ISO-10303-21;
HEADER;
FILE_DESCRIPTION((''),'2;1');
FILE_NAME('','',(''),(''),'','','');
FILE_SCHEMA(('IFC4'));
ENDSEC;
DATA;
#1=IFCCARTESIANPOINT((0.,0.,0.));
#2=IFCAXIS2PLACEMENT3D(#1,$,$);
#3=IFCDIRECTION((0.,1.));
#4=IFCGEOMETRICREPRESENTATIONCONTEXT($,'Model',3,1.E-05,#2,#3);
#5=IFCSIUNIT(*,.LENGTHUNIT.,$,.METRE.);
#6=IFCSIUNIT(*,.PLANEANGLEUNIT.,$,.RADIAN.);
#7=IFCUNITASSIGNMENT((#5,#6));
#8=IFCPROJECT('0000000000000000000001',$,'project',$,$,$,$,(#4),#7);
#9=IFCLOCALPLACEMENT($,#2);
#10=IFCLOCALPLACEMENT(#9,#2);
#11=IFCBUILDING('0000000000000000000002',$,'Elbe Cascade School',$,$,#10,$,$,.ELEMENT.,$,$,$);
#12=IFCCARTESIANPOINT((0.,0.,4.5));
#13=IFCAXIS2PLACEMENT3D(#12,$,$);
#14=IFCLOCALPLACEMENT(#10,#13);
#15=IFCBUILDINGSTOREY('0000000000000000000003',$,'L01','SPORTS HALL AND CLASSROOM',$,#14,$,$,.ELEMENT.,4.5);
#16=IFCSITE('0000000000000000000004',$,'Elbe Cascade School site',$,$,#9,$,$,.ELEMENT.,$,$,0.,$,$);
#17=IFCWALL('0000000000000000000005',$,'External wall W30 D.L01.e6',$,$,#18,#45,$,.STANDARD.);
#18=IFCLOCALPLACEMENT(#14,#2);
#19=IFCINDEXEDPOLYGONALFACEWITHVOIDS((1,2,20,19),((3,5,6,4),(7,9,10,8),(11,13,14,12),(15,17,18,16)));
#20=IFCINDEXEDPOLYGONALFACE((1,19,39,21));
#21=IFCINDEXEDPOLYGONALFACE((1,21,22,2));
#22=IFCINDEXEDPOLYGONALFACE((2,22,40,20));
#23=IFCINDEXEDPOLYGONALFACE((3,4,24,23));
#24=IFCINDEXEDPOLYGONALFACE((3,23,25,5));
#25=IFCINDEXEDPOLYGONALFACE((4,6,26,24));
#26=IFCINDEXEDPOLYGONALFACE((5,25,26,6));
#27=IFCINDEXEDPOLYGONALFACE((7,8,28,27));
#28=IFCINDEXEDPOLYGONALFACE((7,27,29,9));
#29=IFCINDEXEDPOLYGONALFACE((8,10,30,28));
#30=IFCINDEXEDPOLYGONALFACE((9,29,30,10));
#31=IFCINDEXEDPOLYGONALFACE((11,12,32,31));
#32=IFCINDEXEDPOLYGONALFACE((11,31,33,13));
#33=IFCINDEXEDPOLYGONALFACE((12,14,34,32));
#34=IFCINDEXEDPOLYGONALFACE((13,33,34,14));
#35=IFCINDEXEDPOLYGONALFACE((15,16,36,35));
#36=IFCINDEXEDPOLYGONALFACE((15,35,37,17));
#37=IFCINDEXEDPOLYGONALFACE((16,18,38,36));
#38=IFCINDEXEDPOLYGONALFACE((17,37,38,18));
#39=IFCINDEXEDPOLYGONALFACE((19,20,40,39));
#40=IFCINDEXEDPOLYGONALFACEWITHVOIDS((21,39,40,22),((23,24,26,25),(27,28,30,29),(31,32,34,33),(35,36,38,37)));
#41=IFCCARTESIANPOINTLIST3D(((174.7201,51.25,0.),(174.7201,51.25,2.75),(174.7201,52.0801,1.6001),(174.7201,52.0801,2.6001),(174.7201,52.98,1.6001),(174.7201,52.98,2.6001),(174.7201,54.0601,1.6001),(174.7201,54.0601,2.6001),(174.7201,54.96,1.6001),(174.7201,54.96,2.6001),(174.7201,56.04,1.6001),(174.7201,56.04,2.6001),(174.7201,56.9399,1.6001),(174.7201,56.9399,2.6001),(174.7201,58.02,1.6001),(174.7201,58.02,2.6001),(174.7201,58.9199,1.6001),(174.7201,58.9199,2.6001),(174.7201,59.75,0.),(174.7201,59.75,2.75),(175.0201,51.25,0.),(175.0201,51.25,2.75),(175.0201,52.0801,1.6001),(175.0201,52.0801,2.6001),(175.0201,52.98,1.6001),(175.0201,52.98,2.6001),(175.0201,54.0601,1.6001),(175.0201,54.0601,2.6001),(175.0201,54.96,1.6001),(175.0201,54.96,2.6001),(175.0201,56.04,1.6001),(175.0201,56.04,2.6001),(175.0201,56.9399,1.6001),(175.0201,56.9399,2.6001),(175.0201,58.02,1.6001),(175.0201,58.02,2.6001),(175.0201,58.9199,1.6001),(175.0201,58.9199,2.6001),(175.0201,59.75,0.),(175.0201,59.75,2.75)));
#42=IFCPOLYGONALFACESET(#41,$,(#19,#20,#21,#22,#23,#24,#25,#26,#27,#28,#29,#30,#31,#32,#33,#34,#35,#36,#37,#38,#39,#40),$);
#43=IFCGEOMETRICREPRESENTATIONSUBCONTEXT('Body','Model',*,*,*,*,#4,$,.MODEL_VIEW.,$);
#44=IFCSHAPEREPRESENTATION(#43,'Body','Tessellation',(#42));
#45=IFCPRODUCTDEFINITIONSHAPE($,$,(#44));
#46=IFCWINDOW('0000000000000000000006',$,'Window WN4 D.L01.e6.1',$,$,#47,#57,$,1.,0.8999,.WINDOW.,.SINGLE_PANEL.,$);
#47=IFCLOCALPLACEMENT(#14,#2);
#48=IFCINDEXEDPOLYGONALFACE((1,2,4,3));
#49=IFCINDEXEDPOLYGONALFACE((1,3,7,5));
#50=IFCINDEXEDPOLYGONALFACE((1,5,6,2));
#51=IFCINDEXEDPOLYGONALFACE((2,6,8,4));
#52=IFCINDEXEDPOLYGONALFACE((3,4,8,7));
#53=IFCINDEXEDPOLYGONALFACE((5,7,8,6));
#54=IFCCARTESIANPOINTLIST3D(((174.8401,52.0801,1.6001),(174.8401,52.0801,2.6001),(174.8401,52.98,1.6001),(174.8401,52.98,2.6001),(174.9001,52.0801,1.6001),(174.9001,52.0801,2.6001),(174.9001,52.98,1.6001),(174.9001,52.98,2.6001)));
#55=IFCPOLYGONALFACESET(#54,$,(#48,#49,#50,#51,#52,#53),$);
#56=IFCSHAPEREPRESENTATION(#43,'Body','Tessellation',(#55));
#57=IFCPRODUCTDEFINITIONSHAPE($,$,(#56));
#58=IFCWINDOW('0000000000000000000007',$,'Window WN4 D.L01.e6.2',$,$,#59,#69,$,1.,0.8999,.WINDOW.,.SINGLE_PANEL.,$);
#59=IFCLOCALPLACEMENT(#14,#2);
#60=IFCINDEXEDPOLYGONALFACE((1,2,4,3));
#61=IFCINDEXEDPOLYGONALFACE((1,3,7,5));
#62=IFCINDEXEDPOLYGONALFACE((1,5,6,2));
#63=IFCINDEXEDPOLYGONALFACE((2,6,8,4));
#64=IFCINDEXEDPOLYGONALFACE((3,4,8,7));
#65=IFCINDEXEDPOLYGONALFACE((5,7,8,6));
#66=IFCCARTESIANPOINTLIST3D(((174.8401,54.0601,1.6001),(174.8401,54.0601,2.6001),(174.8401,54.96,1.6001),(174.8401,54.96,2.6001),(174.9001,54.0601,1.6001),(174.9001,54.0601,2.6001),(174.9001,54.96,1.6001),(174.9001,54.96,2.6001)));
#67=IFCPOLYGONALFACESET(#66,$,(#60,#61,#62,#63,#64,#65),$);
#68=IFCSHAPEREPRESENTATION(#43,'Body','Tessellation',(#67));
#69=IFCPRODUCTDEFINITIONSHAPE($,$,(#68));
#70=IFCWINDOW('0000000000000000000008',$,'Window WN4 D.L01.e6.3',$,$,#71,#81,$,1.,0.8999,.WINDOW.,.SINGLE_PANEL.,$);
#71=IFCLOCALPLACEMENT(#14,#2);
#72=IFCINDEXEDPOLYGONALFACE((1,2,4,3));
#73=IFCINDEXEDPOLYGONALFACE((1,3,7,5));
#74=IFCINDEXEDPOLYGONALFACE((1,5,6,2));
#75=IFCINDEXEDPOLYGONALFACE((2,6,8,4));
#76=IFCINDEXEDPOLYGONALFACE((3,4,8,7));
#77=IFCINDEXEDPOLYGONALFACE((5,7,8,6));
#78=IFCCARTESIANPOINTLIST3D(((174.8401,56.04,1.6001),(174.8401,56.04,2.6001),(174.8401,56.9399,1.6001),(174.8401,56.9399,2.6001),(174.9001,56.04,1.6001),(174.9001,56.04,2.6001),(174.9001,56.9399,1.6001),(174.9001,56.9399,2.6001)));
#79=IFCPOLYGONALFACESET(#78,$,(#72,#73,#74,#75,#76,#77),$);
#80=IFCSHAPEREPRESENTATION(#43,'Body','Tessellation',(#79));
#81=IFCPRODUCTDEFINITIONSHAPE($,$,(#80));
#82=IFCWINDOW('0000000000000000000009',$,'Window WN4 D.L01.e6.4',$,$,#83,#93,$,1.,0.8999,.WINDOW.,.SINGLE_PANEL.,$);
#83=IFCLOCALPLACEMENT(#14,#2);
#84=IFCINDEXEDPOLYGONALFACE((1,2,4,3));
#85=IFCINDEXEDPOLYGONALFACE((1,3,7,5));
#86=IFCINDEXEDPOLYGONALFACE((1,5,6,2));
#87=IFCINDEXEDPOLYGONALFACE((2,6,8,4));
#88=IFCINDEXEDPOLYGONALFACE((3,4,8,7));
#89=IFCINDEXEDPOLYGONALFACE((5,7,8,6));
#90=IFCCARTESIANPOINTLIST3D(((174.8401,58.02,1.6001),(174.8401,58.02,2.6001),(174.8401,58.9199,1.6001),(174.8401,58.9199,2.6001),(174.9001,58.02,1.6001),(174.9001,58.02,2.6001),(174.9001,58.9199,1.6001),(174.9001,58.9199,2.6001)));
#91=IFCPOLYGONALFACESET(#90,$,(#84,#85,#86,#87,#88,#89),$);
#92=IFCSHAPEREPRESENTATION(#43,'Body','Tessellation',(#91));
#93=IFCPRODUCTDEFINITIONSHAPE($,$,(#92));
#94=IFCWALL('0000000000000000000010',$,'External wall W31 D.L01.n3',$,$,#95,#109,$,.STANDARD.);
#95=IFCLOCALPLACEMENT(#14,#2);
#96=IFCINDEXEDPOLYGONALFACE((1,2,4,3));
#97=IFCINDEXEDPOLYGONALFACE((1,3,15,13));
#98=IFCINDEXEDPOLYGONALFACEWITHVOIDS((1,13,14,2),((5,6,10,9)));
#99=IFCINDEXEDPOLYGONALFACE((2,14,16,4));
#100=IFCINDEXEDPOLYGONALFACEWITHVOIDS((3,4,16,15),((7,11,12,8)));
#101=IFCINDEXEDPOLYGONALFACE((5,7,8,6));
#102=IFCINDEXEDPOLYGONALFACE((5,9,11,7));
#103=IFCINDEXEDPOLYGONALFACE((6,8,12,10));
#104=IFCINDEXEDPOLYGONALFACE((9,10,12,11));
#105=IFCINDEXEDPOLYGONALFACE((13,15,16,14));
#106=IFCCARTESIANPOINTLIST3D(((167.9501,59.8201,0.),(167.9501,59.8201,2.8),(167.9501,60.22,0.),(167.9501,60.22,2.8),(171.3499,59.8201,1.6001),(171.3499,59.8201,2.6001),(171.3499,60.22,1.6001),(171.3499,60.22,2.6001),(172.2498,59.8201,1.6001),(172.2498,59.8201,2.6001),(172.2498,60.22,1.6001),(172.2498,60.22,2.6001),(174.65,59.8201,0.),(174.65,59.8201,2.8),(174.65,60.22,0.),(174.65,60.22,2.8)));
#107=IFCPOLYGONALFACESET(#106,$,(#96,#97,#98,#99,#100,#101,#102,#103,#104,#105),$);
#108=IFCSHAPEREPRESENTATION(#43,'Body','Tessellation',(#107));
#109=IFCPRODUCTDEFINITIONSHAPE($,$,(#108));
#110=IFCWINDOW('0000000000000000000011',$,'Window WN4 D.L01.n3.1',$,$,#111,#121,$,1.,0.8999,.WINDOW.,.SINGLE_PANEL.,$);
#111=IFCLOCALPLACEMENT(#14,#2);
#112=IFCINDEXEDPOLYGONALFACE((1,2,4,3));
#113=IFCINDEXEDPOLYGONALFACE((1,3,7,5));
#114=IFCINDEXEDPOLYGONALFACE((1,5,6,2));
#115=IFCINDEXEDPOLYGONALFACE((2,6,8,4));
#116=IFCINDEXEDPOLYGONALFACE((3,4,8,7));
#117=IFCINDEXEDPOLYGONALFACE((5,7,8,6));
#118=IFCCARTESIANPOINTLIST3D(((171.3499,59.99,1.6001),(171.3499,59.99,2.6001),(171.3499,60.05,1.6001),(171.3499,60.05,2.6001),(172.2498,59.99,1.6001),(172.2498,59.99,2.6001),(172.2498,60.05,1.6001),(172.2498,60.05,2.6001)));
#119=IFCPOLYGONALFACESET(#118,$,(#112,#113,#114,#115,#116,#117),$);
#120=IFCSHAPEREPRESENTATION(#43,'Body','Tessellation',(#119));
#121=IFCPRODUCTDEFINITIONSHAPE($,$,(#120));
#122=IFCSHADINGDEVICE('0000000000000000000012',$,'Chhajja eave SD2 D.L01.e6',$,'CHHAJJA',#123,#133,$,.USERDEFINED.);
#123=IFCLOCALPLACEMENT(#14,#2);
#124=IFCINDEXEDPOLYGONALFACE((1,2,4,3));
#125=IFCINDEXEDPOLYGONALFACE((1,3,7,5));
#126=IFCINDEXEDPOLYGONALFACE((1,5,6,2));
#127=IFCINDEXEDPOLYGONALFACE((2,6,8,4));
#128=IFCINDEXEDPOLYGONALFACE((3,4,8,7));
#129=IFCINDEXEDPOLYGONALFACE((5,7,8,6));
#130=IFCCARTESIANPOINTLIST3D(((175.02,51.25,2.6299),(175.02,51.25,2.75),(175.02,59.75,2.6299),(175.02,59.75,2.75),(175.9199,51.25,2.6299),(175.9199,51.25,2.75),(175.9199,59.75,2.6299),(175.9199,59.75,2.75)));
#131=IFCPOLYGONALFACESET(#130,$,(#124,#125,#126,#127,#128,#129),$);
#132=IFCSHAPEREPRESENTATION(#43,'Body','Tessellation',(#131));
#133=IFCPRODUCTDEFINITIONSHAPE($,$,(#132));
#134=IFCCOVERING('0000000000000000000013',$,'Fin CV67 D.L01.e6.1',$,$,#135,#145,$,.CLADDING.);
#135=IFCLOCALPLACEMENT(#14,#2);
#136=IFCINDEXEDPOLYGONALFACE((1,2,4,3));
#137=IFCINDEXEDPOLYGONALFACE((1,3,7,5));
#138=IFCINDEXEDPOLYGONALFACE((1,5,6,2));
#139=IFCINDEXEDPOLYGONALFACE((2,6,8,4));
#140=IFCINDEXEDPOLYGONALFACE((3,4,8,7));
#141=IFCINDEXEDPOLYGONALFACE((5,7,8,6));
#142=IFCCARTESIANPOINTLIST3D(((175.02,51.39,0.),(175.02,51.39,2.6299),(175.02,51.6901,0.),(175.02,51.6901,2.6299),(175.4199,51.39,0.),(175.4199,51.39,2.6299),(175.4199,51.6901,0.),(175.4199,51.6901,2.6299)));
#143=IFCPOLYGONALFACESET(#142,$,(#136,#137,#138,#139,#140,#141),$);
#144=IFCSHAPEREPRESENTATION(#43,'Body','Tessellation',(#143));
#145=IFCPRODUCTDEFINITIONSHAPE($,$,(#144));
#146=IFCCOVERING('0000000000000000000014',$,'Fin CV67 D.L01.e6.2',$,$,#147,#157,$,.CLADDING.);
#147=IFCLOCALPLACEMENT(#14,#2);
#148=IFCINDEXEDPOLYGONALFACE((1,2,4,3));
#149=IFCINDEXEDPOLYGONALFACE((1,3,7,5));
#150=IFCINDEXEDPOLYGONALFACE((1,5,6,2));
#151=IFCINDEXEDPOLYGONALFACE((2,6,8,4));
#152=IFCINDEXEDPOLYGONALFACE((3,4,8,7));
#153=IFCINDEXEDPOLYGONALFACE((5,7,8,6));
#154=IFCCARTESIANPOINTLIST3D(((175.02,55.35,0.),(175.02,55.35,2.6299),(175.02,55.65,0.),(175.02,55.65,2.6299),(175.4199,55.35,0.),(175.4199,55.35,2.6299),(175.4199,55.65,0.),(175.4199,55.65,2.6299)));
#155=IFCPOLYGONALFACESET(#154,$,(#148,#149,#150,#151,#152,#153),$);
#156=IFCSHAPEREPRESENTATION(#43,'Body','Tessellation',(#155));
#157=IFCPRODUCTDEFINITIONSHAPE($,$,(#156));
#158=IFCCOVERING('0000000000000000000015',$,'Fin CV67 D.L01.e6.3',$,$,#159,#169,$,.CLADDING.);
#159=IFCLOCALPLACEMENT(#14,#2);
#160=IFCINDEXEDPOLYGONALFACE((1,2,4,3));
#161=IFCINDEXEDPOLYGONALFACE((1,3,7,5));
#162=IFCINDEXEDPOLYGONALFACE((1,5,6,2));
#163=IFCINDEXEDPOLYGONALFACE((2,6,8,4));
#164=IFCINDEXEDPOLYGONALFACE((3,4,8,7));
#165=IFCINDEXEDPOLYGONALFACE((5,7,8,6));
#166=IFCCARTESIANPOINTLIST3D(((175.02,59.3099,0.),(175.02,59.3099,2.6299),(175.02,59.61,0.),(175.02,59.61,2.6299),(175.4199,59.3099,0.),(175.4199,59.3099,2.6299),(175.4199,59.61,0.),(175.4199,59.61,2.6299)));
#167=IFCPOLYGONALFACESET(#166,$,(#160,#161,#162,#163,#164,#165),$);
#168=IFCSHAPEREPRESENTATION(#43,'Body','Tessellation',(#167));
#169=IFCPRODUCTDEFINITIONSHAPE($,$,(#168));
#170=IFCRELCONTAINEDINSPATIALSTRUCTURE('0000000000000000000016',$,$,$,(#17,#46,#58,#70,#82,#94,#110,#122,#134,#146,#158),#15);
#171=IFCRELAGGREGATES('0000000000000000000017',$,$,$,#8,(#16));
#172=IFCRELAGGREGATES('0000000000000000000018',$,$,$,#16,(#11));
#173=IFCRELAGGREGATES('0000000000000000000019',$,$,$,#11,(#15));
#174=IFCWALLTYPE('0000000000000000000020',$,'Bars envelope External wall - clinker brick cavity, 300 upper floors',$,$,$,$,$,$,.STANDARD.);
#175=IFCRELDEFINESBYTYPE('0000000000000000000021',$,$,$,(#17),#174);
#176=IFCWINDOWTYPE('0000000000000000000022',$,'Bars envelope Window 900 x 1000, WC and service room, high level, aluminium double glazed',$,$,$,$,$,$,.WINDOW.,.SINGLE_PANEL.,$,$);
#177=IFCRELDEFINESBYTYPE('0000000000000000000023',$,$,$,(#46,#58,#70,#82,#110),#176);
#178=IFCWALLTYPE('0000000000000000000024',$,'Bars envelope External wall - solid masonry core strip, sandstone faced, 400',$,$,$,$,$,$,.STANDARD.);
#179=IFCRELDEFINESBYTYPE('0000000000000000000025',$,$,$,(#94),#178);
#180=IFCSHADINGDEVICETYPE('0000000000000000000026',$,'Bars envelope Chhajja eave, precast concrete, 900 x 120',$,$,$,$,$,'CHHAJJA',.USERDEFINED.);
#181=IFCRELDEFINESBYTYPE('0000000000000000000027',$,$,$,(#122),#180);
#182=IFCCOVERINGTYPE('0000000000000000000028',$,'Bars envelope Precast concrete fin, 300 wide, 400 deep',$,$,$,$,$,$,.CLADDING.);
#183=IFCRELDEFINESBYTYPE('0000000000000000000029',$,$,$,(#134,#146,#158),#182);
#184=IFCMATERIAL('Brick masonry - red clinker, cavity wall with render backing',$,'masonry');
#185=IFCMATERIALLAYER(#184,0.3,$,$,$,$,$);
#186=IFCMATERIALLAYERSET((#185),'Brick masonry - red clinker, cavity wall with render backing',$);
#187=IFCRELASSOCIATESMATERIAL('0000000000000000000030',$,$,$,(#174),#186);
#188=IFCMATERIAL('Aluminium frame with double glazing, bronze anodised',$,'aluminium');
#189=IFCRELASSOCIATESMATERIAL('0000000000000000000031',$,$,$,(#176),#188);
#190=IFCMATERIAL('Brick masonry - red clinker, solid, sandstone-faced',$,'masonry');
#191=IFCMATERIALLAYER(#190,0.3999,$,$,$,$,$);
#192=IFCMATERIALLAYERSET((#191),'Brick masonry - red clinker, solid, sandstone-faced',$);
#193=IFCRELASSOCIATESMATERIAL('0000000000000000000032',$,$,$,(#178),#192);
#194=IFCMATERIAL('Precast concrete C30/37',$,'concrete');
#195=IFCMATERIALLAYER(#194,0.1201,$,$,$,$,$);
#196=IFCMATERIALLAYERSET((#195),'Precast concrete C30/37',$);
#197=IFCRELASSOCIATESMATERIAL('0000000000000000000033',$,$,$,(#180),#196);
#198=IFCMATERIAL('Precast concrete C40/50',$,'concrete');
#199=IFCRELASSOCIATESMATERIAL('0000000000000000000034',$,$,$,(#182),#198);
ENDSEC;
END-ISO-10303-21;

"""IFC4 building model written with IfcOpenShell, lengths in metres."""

from ifc_helpers import new_model, si_unit, direction, frame, frame_2d, origin, origin_2d, place, context, subcontext, project, spatial, rectangle, extrude, material, layer, layer_set, type_object, element, fill, save


model = new_model("IFC4")

# Units and contexts
model_context = context("Model", 3, precision=1e-05, world=origin(), true_north=direction((0.0, 1.0)))
body_context = subcontext(model_context, "Body", "Model", "MODEL_VIEW")
ifc_project = project(units=[si_unit("LENGTHUNIT", "METRE"), si_unit("PLANEANGLEUNIT", "RADIAN")], contexts=[model_context])

# Site, building, storey
site_placement = place(None, origin())
site = spatial("IfcSite", under=ifc_project, at=site_placement, Name="Elbe Cascade School site", CompositionType="ELEMENT", RefElevation=0.0)
building_placement = place(site_placement, origin())
building = spatial("IfcBuilding", under=site, at=building_placement, Name="Elbe Cascade School", CompositionType="ELEMENT")
storey_placement = place(building_placement, frame((0.0, 0.0, 4.5)))
storey = spatial("IfcBuildingStorey", under=building, at=storey_placement, Name="L01", Description="SPORTS HALL AND CLASSROOM", CompositionType="ELEMENT", Elevation=4.5)

# Wall, openings, windows
ifc_material_1 = material(Name="Brick masonry - red clinker, cavity wall with render backing", Category="masonry")
ifc_layer_1 = layer(ifc_material_1, 0.3)
ifc_layer_set_1 = layer_set([ifc_layer_1], Name="Brick masonry - red clinker, cavity wall with render backing")
wall_type_1 = type_object("IfcWallType", Name="Bars envelope External wall - clinker brick cavity, 300 upper floors", PredefinedType="STANDARD", material=ifc_layer_set_1)
wall_1_placement = place(storey_placement, frame((174.8701, 59.75, 0.0), z_axis=(0.0, 0.0, 1.0), x_axis=(0.0, -1.0, 0.0)))
wall_1 = element("IfcWall", 1, at=wall_1_placement, inside=storey, type_object=wall_type_1, Name="External wall W30 D.L01.e6", PredefinedType="STANDARD", context=body_context, shape_type="SweptSolid", body=[
    extrude(rectangle(XDim=8.5, YDim=0.3, at=frame_2d((4.25, 0.0))), origin(), (0.0, 0.0, 1.0), 2.75),
])
opening_1_placement = place(wall_1_placement, frame((6.77, 0.0, 1.6001)))
opening_1 = element("IfcOpeningElement", 2, at=opening_1_placement, cuts=wall_1, PredefinedType="OPENING", context=body_context, shape_type="SweptSolid", body=[
    extrude(rectangle(XDim=0.8999, YDim=1.0, at=frame_2d((0.45, 0.5))), frame((0.0, 0.1599, 0.0), z_axis=(0.0, -1.0, 0.0), x_axis=(1.0, 0.0, 0.0)), (0.0, 0.0, 1.0), 0.3201),
])
opening_2_placement = place(wall_1_placement, frame((4.79, 0.0, 1.6001)))
opening_2 = element("IfcOpeningElement", 3, at=opening_2_placement, cuts=wall_1, PredefinedType="OPENING", context=body_context, shape_type="SweptSolid", body=[
    extrude(rectangle(XDim=0.8999, YDim=1.0, at=frame_2d((0.45, 0.5))), frame((0.0, 0.1599, 0.0), z_axis=(0.0, -1.0, 0.0), x_axis=(1.0, 0.0, 0.0)), (0.0, 0.0, 1.0), 0.3201),
])
opening_3_placement = place(wall_1_placement, frame((2.8101, 0.0, 1.6001)))
opening_3 = element("IfcOpeningElement", 4, at=opening_3_placement, cuts=wall_1, PredefinedType="OPENING", context=body_context, shape_type="SweptSolid", body=[
    extrude(rectangle(XDim=0.8999, YDim=1.0, at=frame_2d((0.45, 0.5))), frame((0.0, 0.1599, 0.0), z_axis=(0.0, -1.0, 0.0), x_axis=(1.0, 0.0, 0.0)), (0.0, 0.0, 1.0), 0.3201),
])
opening_4_placement = place(wall_1_placement, frame((0.8301, 0.0, 1.6001)))
opening_4 = element("IfcOpeningElement", 5, at=opening_4_placement, cuts=wall_1, PredefinedType="OPENING", context=body_context, shape_type="SweptSolid", body=[
    extrude(rectangle(XDim=0.8999, YDim=1.0, at=frame_2d((0.45, 0.5))), frame((0.0, 0.1599, 0.0), z_axis=(0.0, -1.0, 0.0), x_axis=(1.0, 0.0, 0.0)), (0.0, 0.0, 1.0), 0.3201),
])
ifc_material_2 = material(Name="Aluminium frame with double glazing, bronze anodised", Category="aluminium")
window_type = type_object("IfcWindowType", Name="Bars envelope Window 900 x 1000, WC and service room, high level, aluminium double glazed", PartitioningType="SINGLE_PANEL", PredefinedType="WINDOW", material=ifc_material_2)
window_1_placement = place(opening_1_placement, origin())
window_1 = element("IfcWindow", 6, at=window_1_placement, inside=storey, type_object=window_type, Name="Window WN4 D.L01.e6.1", OverallHeight=1.0, OverallWidth=0.8999, PartitioningType="SINGLE_PANEL", PredefinedType="WINDOW", context=body_context, shape_type="SweptSolid", body=[
    extrude(rectangle(XDim=0.8999, YDim=1.0, at=frame_2d((0.45, 0.5))), frame((0.0, 0.03, 0.0), z_axis=(0.0, -1.0, 0.0), x_axis=(1.0, 0.0, 0.0)), (0.0, 0.0, 1.0), 0.0601),
])
fill(opening_1, window_1)
window_2_placement = place(opening_2_placement, origin())
window_2 = element("IfcWindow", 7, at=window_2_placement, inside=storey, type_object=window_type, Name="Window WN4 D.L01.e6.2", OverallHeight=1.0, OverallWidth=0.8999, PartitioningType="SINGLE_PANEL", PredefinedType="WINDOW", context=body_context, shape_type="SweptSolid", body=[
    extrude(rectangle(XDim=0.8999, YDim=1.0, at=frame_2d((0.45, 0.5))), frame((0.0, 0.03, 0.0), z_axis=(0.0, -1.0, 0.0), x_axis=(1.0, 0.0, 0.0)), (0.0, 0.0, 1.0), 0.0601),
])
fill(opening_2, window_2)
window_3_placement = place(opening_3_placement, origin())
window_3 = element("IfcWindow", 8, at=window_3_placement, inside=storey, type_object=window_type, Name="Window WN4 D.L01.e6.3", OverallHeight=1.0, OverallWidth=0.8999, PartitioningType="SINGLE_PANEL", PredefinedType="WINDOW", context=body_context, shape_type="SweptSolid", body=[
    extrude(rectangle(XDim=0.8999, YDim=1.0, at=frame_2d((0.45, 0.5))), frame((0.0, 0.03, 0.0), z_axis=(0.0, -1.0, 0.0), x_axis=(1.0, 0.0, 0.0)), (0.0, 0.0, 1.0), 0.0601),
])
fill(opening_3, window_3)
window_4_placement = place(opening_4_placement, origin())
window_4 = element("IfcWindow", 9, at=window_4_placement, inside=storey, type_object=window_type, Name="Window WN4 D.L01.e6.4", OverallHeight=1.0, OverallWidth=0.8999, PartitioningType="SINGLE_PANEL", PredefinedType="WINDOW", context=body_context, shape_type="SweptSolid", body=[
    extrude(rectangle(XDim=0.8999, YDim=1.0, at=frame_2d((0.45, 0.5))), frame((0.0, 0.03, 0.0), z_axis=(0.0, -1.0, 0.0), x_axis=(1.0, 0.0, 0.0)), (0.0, 0.0, 1.0), 0.0601),
])
fill(opening_4, window_4)

# Wall, opening, window
ifc_material_3 = material(Name="Brick masonry - red clinker, solid, sandstone-faced", Category="masonry")
ifc_layer_2 = layer(ifc_material_3, 0.3999)
ifc_layer_set_2 = layer_set([ifc_layer_2], Name="Brick masonry - red clinker, solid, sandstone-faced")
wall_type_2 = type_object("IfcWallType", Name="Bars envelope External wall - solid masonry core strip, sandstone faced, 400", PredefinedType="STANDARD", material=ifc_layer_set_2)
wall_2_placement = place(storey_placement, frame((167.95, 60.02, 0.0), z_axis=(0.0, 0.0, 1.0), x_axis=(1.0, 0.0, 0.0)))
wall_2 = element("IfcWall", 10, at=wall_2_placement, inside=storey, type_object=wall_type_2, Name="External wall W31 D.L01.n3", PredefinedType="STANDARD", context=body_context, shape_type="SweptSolid", body=[
    extrude(rectangle(XDim=6.7, YDim=0.3999, at=frame_2d((3.3501, 0.0))), origin(), (0.0, 0.0, 1.0), 2.8),
])
opening_5_placement = place(wall_2_placement, frame((3.3999, 0.0, 1.6001)))
opening_5 = element("IfcOpeningElement", 11, at=opening_5_placement, cuts=wall_2, PredefinedType="OPENING", context=body_context, shape_type="SweptSolid", body=[
    extrude(rectangle(XDim=0.8999, YDim=1.0, at=frame_2d((0.45, 0.5))), frame((0.0, 0.21, 0.0), z_axis=(0.0, -1.0, 0.0), x_axis=(1.0, 0.0, 0.0)), (0.0, 0.0, 1.0), 0.4199),
])
window_5_placement = place(opening_5_placement, origin())
window_5 = element("IfcWindow", 12, at=window_5_placement, inside=storey, type_object=window_type, Name="Window WN4 D.L01.n3.1", OverallHeight=1.0, OverallWidth=0.8999, PartitioningType="SINGLE_PANEL", PredefinedType="WINDOW", context=body_context, shape_type="SweptSolid", body=[
    extrude(rectangle(XDim=0.8999, YDim=1.0, at=frame_2d((0.45, 0.5))), frame((0.0, 0.03, 0.0), z_axis=(0.0, -1.0, 0.0), x_axis=(1.0, 0.0, 0.0)), (0.0, 0.0, 1.0), 0.0601),
])
fill(opening_5, window_5)

# Shading device
ifc_material_4 = material(Name="Precast concrete C30/37", Category="concrete")
ifc_layer_3 = layer(ifc_material_4, 0.1201)
ifc_layer_set_3 = layer_set([ifc_layer_3], Name="Precast concrete C30/37")
shading_device_type = type_object("IfcShadingDeviceType", Name="Bars envelope Chhajja eave, precast concrete, 900 x 120", ElementType="CHHAJJA", PredefinedType="USERDEFINED", material=ifc_layer_set_3)
shading_device_placement = place(storey_placement, frame((175.47, 55.5, 2.6299), z_axis=(0.0, 0.0, 1.0), x_axis=(0.0, 1.0, 0.0)))
element("IfcShadingDevice", 13, at=shading_device_placement, inside=storey, type_object=shading_device_type, Name="Chhajja eave SD2 D.L01.e6", ObjectType="CHHAJJA", PredefinedType="USERDEFINED", context=body_context, shape_type="SweptSolid", body=[
    extrude(rectangle(XDim=8.5, YDim=0.8999, at=origin_2d()), origin(), (0.0, 0.0, 1.0), 0.1201),
])

# Coverings
ifc_material_5 = material(Name="Precast concrete C40/50", Category="concrete")
covering_type_1 = type_object("IfcCoveringType", Name="Bars envelope Precast concrete fin, 300 wide, 400 deep", PredefinedType="CLADDING", material=ifc_material_5)
for number, where, z_axis, x_axis, name in (
    (14, (175.22, 51.54, 0.0), (0.0, 0.0, 1.0), (0.0, 1.0, 0.0), "Fin CV67 D.L01.e6.1"),
    (15, (175.22, 55.5, 0.0), (0.0, 0.0, 1.0), (0.0, 1.0, 0.0), "Fin CV67 D.L01.e6.2"),
    (16, (175.22, 59.46, 0.0), (0.0, 0.0, 1.0), (0.0, 1.0, 0.0), "Fin CV67 D.L01.e6.3"),
):
    element("IfcCovering", number, at=place(storey_placement, frame(where, z_axis=z_axis, x_axis=x_axis)), inside=storey, type_object=covering_type_1, Name=name, PredefinedType="CLADDING", context=body_context, shape_type="SweptSolid", body=[
        extrude(rectangle(XDim=0.3, YDim=0.3999, at=origin_2d()), origin(), (0.0, 0.0, 1.0), 2.6299),
    ])

save(model, "model.ifc")
